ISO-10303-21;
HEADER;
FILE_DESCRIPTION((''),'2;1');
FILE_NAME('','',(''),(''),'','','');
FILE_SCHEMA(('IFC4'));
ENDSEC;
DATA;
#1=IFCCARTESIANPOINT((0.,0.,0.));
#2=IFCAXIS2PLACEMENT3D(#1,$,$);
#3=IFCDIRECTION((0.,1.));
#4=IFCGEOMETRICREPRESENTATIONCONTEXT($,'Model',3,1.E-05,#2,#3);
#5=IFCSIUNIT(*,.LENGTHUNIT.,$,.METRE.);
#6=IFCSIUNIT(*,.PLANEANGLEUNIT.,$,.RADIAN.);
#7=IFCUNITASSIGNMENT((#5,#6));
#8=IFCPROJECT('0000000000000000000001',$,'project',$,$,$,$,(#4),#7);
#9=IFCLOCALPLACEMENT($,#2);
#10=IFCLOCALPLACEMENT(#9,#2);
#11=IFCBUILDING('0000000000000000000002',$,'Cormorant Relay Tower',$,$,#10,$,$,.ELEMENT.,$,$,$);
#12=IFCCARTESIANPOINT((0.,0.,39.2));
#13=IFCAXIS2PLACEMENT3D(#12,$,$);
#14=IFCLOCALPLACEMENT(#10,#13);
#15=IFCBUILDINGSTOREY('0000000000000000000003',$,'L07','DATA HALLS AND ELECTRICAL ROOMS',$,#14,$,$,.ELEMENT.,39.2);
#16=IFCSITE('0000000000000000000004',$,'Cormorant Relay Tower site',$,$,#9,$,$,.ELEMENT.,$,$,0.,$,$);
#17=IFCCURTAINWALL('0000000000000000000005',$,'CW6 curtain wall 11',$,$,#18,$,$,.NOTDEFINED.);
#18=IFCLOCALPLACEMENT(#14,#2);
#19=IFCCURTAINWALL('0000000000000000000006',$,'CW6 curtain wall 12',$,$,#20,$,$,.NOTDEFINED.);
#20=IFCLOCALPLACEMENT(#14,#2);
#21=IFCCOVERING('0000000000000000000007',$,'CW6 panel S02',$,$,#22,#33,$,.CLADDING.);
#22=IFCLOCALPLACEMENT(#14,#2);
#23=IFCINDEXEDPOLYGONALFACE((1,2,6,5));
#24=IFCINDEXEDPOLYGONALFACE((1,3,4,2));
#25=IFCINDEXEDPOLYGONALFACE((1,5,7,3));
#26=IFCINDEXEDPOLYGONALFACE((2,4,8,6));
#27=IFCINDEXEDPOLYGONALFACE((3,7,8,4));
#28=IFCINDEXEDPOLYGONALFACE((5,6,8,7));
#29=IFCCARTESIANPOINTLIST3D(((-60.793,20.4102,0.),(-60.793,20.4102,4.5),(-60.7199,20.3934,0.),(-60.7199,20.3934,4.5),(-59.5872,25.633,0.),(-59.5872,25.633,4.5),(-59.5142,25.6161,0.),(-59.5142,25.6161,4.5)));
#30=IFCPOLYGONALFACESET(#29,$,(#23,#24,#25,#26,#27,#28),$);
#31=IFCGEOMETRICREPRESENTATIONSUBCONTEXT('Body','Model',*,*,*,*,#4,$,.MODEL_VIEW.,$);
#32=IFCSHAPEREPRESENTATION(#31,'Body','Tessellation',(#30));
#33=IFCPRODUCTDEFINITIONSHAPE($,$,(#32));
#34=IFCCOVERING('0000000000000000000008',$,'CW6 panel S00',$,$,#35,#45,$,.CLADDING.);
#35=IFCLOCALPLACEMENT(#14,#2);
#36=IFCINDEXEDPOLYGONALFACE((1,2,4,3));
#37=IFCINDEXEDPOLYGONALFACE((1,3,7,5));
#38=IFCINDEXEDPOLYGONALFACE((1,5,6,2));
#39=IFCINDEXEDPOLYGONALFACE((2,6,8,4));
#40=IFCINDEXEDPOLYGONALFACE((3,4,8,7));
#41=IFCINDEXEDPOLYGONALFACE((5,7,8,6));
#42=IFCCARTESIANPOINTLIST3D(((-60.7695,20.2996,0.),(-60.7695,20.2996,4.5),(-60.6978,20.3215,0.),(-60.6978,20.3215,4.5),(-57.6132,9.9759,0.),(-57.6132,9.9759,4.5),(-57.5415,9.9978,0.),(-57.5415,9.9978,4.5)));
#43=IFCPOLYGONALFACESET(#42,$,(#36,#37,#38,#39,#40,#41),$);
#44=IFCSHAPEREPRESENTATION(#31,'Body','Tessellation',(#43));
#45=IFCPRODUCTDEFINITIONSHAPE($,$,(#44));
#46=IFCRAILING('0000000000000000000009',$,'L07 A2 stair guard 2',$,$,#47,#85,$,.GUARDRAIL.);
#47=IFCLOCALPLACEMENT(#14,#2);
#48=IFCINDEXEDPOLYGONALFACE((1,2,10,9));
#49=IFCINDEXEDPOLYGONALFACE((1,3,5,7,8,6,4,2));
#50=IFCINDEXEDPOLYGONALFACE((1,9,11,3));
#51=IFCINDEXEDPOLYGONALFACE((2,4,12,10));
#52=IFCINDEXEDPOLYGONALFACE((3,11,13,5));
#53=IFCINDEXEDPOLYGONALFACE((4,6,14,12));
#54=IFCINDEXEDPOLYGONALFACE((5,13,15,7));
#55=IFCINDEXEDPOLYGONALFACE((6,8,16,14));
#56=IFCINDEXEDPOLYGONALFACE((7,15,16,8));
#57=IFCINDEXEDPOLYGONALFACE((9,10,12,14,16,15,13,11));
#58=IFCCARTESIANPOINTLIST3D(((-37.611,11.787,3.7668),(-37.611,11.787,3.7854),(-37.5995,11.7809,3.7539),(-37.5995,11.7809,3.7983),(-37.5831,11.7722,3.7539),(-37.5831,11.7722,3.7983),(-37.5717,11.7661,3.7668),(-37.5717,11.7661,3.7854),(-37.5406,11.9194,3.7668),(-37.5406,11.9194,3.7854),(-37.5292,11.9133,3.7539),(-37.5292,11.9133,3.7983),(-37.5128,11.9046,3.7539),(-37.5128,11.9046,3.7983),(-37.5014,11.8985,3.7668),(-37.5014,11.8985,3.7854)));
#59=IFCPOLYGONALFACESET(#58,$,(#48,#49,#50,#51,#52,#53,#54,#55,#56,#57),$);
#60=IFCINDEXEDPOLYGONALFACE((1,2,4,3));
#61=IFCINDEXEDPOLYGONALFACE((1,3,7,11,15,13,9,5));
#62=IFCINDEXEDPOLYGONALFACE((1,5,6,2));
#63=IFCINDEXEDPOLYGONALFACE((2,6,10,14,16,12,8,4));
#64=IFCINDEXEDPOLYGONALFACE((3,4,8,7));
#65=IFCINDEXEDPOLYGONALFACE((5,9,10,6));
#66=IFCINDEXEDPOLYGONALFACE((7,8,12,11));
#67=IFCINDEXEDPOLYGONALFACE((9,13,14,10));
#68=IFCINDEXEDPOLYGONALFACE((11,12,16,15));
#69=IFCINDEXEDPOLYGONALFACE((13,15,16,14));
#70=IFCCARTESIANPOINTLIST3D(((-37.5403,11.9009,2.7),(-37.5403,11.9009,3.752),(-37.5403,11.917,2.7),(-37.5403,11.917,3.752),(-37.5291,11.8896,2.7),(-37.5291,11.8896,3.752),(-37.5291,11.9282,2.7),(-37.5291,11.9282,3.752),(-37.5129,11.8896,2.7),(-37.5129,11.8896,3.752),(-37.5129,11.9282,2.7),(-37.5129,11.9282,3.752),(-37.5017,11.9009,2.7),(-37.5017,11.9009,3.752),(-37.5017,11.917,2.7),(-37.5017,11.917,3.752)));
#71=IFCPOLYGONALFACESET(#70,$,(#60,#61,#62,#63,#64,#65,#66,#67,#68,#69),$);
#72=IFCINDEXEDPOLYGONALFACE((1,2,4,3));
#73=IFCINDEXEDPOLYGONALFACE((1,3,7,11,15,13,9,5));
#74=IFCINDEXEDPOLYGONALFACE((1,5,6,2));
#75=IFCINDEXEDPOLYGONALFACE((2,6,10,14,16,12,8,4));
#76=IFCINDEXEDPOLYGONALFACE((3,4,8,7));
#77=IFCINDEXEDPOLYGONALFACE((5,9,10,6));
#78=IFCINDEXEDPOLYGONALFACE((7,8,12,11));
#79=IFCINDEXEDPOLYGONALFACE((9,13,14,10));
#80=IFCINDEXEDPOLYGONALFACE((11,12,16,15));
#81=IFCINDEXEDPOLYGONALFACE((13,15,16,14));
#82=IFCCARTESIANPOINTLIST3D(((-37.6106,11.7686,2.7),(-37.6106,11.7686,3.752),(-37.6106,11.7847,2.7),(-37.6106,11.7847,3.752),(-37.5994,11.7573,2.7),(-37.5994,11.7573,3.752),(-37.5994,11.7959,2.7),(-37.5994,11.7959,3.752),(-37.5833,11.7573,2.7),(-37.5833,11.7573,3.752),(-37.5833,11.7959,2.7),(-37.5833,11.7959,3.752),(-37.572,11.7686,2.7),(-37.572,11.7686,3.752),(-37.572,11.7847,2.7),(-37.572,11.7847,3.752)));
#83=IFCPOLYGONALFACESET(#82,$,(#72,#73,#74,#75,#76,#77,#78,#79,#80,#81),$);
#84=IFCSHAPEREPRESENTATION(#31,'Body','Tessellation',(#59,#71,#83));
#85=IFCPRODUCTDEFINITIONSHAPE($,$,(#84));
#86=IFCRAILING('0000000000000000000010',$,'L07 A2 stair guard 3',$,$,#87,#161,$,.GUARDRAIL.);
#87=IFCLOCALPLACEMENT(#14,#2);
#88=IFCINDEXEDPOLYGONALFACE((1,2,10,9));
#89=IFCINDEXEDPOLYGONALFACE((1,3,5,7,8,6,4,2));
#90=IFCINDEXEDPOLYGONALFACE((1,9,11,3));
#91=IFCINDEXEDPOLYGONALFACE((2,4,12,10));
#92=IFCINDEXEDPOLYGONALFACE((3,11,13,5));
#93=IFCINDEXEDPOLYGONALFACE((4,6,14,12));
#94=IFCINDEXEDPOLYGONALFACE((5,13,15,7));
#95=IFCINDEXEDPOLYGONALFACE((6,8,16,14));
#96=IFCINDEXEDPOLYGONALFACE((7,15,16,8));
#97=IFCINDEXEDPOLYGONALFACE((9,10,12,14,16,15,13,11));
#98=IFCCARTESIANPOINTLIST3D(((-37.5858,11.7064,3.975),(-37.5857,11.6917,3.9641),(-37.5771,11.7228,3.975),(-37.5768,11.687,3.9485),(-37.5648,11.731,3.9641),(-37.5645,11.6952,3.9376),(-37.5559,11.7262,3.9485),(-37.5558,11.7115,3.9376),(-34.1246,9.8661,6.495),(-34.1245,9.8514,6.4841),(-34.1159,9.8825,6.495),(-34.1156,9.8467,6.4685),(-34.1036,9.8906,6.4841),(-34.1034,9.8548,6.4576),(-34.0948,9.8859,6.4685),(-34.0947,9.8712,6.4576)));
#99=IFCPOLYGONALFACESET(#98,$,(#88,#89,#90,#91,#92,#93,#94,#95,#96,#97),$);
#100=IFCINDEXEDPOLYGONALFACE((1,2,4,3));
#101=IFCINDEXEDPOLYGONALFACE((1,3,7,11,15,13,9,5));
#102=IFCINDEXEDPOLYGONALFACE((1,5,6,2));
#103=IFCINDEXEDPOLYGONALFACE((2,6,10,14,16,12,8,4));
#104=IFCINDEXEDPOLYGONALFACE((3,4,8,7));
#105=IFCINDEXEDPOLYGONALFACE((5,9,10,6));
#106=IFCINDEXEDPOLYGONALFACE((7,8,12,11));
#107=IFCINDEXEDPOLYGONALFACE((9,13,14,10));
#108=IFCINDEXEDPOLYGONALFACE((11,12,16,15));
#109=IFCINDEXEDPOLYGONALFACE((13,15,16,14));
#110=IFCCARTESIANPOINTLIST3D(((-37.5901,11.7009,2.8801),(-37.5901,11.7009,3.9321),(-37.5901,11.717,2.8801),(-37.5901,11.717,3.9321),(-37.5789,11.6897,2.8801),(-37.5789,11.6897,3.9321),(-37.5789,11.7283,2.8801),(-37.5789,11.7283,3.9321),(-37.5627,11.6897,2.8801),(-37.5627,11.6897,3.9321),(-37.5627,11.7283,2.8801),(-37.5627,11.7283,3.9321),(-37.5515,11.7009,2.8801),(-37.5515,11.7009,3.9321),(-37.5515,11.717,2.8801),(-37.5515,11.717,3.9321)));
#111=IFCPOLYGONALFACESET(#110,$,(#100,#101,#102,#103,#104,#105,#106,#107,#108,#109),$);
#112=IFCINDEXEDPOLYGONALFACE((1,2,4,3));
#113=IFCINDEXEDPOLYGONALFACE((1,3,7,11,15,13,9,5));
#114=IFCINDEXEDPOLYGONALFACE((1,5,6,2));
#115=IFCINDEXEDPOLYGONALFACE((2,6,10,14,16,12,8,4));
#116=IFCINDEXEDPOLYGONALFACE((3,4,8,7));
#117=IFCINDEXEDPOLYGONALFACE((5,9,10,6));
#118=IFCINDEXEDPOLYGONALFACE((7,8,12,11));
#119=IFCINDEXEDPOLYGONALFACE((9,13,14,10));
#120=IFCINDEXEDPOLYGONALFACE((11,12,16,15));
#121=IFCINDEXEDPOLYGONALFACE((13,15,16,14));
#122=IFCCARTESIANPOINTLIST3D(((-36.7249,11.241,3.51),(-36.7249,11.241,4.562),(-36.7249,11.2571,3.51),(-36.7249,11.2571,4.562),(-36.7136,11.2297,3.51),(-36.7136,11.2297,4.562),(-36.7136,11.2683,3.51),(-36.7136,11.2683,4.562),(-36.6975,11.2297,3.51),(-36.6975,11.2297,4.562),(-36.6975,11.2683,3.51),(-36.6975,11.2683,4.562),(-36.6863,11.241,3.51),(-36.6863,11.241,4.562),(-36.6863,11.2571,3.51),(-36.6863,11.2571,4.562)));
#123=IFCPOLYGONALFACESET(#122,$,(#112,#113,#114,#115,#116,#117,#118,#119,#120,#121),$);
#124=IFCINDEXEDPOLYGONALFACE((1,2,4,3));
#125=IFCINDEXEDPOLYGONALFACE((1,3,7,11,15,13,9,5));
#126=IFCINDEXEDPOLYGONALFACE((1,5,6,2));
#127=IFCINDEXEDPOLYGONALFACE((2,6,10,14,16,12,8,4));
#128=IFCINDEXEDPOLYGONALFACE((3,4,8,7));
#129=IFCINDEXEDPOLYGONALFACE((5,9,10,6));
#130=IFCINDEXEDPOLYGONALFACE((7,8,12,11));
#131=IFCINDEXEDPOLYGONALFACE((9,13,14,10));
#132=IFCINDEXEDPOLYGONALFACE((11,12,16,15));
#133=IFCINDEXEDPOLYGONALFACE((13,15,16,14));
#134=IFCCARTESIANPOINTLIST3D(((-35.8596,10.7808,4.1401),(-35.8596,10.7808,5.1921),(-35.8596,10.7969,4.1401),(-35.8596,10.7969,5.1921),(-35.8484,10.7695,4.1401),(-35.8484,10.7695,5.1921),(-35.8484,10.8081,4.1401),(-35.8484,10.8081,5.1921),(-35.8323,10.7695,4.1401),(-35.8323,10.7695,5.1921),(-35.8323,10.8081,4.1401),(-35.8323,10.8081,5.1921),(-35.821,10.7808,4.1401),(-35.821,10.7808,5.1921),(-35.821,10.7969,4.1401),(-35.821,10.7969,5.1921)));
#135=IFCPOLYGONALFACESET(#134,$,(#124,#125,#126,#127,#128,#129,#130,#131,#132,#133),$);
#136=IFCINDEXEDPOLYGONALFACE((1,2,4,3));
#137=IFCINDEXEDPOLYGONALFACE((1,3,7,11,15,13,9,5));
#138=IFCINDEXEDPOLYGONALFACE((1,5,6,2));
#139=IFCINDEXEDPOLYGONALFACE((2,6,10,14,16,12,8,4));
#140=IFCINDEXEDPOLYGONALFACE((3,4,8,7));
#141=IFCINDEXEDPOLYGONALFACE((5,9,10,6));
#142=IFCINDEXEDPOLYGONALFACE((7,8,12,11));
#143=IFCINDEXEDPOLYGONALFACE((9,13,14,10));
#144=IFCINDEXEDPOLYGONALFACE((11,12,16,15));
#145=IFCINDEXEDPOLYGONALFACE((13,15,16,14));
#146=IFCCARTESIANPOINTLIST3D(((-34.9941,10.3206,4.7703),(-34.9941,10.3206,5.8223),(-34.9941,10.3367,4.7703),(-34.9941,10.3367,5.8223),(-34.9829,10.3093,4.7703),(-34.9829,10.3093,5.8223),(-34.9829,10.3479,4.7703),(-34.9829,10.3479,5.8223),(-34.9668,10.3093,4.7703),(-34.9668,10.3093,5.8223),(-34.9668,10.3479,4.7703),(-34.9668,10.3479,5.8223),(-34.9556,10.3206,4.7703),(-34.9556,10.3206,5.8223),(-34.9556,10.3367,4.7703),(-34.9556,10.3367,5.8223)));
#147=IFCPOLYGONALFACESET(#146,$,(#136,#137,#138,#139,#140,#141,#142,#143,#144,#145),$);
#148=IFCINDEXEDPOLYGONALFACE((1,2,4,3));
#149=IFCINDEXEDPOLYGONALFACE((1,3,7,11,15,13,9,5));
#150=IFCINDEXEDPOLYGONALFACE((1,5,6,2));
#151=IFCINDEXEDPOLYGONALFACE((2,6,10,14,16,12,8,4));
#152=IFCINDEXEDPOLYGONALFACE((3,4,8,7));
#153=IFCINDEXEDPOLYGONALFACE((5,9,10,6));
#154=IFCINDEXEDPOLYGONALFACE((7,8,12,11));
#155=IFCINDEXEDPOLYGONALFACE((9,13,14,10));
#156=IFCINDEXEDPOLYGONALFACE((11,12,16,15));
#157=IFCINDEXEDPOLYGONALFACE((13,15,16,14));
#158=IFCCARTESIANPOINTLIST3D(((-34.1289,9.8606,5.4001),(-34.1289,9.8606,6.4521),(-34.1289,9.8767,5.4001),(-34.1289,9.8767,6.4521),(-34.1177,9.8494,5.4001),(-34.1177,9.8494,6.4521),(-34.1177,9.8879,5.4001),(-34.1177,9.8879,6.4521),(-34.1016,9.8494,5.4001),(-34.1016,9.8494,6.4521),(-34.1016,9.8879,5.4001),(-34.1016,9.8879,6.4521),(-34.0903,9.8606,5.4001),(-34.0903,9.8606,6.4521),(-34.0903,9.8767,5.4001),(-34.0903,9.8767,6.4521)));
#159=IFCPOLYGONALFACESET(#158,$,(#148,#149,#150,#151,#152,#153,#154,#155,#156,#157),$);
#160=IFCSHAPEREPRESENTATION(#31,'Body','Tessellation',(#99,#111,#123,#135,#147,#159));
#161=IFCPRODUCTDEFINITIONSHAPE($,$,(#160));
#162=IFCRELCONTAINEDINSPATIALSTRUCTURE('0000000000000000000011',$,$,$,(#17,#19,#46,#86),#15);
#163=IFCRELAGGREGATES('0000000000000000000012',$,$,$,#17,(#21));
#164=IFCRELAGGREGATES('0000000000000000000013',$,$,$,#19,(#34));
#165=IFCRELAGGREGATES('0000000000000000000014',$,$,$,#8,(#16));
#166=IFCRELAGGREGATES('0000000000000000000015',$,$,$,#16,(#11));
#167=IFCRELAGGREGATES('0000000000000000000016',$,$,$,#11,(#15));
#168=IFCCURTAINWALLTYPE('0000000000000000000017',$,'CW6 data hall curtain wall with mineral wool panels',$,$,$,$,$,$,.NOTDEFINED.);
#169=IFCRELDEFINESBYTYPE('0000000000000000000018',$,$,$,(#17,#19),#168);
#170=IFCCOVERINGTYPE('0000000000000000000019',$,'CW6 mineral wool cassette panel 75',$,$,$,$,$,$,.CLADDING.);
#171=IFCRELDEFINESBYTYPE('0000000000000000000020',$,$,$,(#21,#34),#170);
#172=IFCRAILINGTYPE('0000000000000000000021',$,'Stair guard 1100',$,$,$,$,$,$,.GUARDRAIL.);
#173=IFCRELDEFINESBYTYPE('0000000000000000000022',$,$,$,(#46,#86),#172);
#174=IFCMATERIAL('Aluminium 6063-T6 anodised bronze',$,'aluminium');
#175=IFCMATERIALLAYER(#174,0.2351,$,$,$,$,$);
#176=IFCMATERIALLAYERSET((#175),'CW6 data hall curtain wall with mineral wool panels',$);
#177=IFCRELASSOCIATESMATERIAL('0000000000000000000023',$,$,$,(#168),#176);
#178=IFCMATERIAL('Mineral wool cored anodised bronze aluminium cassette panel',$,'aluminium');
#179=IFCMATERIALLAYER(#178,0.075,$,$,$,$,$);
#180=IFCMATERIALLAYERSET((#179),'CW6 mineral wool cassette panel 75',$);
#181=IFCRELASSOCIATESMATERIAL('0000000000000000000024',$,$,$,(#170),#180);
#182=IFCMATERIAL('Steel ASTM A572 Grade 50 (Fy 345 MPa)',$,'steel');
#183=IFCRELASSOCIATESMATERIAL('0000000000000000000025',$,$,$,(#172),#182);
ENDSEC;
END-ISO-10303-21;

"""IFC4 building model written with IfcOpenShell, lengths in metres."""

from ifc_helpers import new_model, si_unit, direction, frame, origin, origin_2d, place, context, subcontext, project, spatial, polyline, rectangle, outline, extrude, material, layer, layer_set, type_object, element, aggregate, save


model = new_model("IFC4")

# Units and contexts
model_context = context("Model", 3, precision=1e-05, world=origin(), true_north=direction((0.0, 1.0)))
body_context = subcontext(model_context, "Body", "Model", "MODEL_VIEW")
ifc_project = project(units=[si_unit("LENGTHUNIT", "METRE"), si_unit("PLANEANGLEUNIT", "RADIAN")], contexts=[model_context])

# Site, building, storey
site_placement = place(None, origin())
site = spatial("IfcSite", under=ifc_project, at=site_placement, Name="Cormorant Relay Tower site", CompositionType="ELEMENT", RefElevation=0.0)
building_placement = place(site_placement, origin())
building = spatial("IfcBuilding", under=site, at=building_placement, Name="Cormorant Relay Tower", CompositionType="ELEMENT")
storey_placement = place(building_placement, frame((0.0, 0.0, 39.2)))
storey = spatial("IfcBuildingStorey", under=building, at=storey_placement, Name="L07", Description="DATA HALLS AND ELECTRICAL ROOMS", CompositionType="ELEMENT", Elevation=39.2)

# Curtain wall
ifc_material_1 = material(Name="Aluminium 6063-T6 anodised bronze", Category="aluminium")
ifc_layer_1 = layer(ifc_material_1, 0.2351)
ifc_layer_set_1 = layer_set([ifc_layer_1], Name="CW6 data hall curtain wall with mineral wool panels")
curtain_wall_type = type_object("IfcCurtainWallType", Name="CW6 data hall curtain wall with mineral wool panels", PredefinedType="NOTDEFINED", material=ifc_layer_set_1)
curtain_wall_1_placement = place(storey_placement, origin())
curtain_wall_1 = element("IfcCurtainWall", 1, at=curtain_wall_1_placement, inside=storey, type_object=curtain_wall_type, Name="CW6 curtain wall 11", PredefinedType="NOTDEFINED")

# Curtain wall
curtain_wall_2_placement = place(storey_placement, origin())
curtain_wall_2 = element("IfcCurtainWall", 2, at=curtain_wall_2_placement, inside=storey, type_object=curtain_wall_type, Name="CW6 curtain wall 12", PredefinedType="NOTDEFINED")

# Coverings
ifc_material_2 = material(Name="Mineral wool cored anodised bronze aluminium cassette panel", Category="aluminium")
ifc_layer_2 = layer(ifc_material_2, 0.075)
ifc_layer_set_2 = layer_set([ifc_layer_2], Name="CW6 mineral wool cassette panel 75")
covering_type = type_object("IfcCoveringType", Name="CW6 mineral wool cassette panel 75", PredefinedType="CLADDING", material=ifc_layer_set_2)
covering_1_placement = place(storey_placement, frame((-60.1536, 23.0132, 0.0), z_axis=(0.0, 0.0, 1.0), x_axis=(-0.224951, -0.97437, 0.0)))
covering_1 = element("IfcCovering", 3, at=covering_1_placement, type_object=covering_type, Name="CW6 panel S02", PredefinedType="CLADDING", context=body_context, shape_type="SweptSolid", body=[
    extrude(rectangle(XDim=5.3601, YDim=0.075, at=origin_2d()), origin(), (0.0, 0.0, 1.0), 4.5),
])
aggregate(curtain_wall_1, [covering_1])
covering_2_placement = place(storey_placement, frame((-59.1555, 15.1487, 0.0), z_axis=(0.0, 0.0, 1.0), x_axis=(0.292372, -0.956305, 0.0)))
covering_2 = element("IfcCovering", 4, at=covering_2_placement, type_object=covering_type, Name="CW6 panel S00", PredefinedType="CLADDING", context=body_context, shape_type="SweptSolid", body=[
    extrude(rectangle(XDim=10.7954, YDim=0.075, at=origin_2d()), origin(), (0.0, 0.0, 1.0), 4.5),
])
aggregate(curtain_wall_2, [covering_2])

# Railings
ifc_material_3 = material(Name="Steel ASTM A572 Grade 50 (Fy 345 MPa)", Category="steel")
railing_type_1 = type_object("IfcRailingType", Name="Stair guard 1100", PredefinedType="GUARDRAIL", material=ifc_material_3)
railing_1_placement = place(storey_placement, frame((-37.521, 11.9089, 2.7)))
element("IfcRailing", 5, at=railing_1_placement, inside=storey, type_object=railing_type_1, Name="L07 A2 stair guard 2", PredefinedType="GUARDRAIL", context=body_context, shape_type="SweptSolid", body=[
    extrude(outline(polyline([(0.0222, 0.0093), (0.0093, 0.0222), (-0.0093, 0.0222), (-0.0222, 0.0093), (-0.0222, -0.0093), (-0.0093, -0.0222), (0.0093, -0.0222), (0.0222, -0.0093), (0.0222, 0.0093)])), frame((0.0, 0.0, 1.0762), z_axis=(-0.469235, -0.883074, 0.0), x_axis=(0.883074, -0.469235, 0.0)), (0.0, 0.0, 1.0), 0.1499),
    extrude(outline(polyline([(0.0193, 0.0081), (0.0081, 0.0193), (-0.0081, 0.0193), (-0.0193, 0.0081), (-0.0193, -0.0081), (-0.0081, -0.0193), (0.0081, -0.0193), (0.0193, -0.0081), (0.0193, 0.0081)])), origin(), (0.0, 0.0, 1.0), 1.052),
    extrude(outline(polyline([(0.0193, 0.0081), (0.0081, 0.0193), (-0.0081, 0.0193), (-0.0193, 0.0081), (-0.0193, -0.0081), (-0.0081, -0.0193), (0.0081, -0.0193), (0.0193, -0.0081), (0.0193, 0.0081)])), frame((-0.0703, -0.1323, 0.0)), (0.0, 0.0, 1.0), 1.052),
])
railing_2_placement = place(storey_placement, frame((-37.5708, 11.709, 2.8801)))
element("IfcRailing", 6, at=railing_2_placement, inside=storey, type_object=railing_type_1, Name="L07 A2 stair guard 3", PredefinedType="GUARDRAIL", context=body_context, shape_type="SweptSolid", body=[
    extrude(outline(polyline([(0.0222, 0.0093), (0.0093, 0.0222), (-0.0093, 0.0222), (-0.0222, 0.0093), (-0.0222, -0.0093), (-0.0093, -0.0222), (0.0093, -0.0222), (0.0222, -0.0093), (0.0222, 0.0093)])), frame((0.0, 0.0, 1.0762), z_axis=(0.742717, -0.394907, 0.540758), x_axis=(0.469469, 0.882949, 0.0)), (0.0, 0.0, 1.0), 4.6602),
    extrude(outline(polyline([(0.0193, 0.0081), (0.0081, 0.0193), (-0.0081, 0.0193), (-0.0193, 0.0081), (-0.0193, -0.0081), (-0.0081, -0.0193), (0.0081, -0.0193), (0.0193, -0.0081), (0.0193, 0.0081)])), origin(), (0.0, 0.0, 1.0), 1.052),
    extrude(outline(polyline([(0.0193, 0.0081), (0.0081, 0.0193), (-0.0081, 0.0193), (-0.0193, 0.0081), (-0.0193, -0.0081), (-0.0081, -0.0193), (0.0081, -0.0193), (0.0193, -0.0081), (0.0193, 0.0081)])), frame((0.8652, -0.46, 0.6299)), (0.0, 0.0, 1.0), 1.052),
    extrude(outline(polyline([(0.0193, 0.0081), (0.0081, 0.0193), (-0.0081, 0.0193), (-0.0193, 0.0081), (-0.0193, -0.0081), (-0.0081, -0.0193), (0.0081, -0.0193), (0.0193, -0.0081), (0.0193, 0.0081)])), frame((1.7305, -0.9202, 1.26)), (0.0, 0.0, 1.0), 1.052),
    extrude(outline(polyline([(0.0193, 0.0081), (0.0081, 0.0193), (-0.0081, 0.0193), (-0.0193, 0.0081), (-0.0193, -0.0081), (-0.0081, -0.0193), (0.0081, -0.0193), (0.0193, -0.0081), (0.0193, 0.0081)])), frame((2.5959, -1.3804, 1.8901)), (0.0, 0.0, 1.0), 1.052),
    extrude(outline(polyline([(0.0193, 0.0081), (0.0081, 0.0193), (-0.0081, 0.0193), (-0.0193, 0.0081), (-0.0193, -0.0081), (-0.0081, -0.0193), (0.0081, -0.0193), (0.0193, -0.0081), (0.0193, 0.0081)])), frame((3.4612, -1.8403, 2.52)), (0.0, 0.0, 1.0), 1.052),
])

save(model, "model.ifc")
